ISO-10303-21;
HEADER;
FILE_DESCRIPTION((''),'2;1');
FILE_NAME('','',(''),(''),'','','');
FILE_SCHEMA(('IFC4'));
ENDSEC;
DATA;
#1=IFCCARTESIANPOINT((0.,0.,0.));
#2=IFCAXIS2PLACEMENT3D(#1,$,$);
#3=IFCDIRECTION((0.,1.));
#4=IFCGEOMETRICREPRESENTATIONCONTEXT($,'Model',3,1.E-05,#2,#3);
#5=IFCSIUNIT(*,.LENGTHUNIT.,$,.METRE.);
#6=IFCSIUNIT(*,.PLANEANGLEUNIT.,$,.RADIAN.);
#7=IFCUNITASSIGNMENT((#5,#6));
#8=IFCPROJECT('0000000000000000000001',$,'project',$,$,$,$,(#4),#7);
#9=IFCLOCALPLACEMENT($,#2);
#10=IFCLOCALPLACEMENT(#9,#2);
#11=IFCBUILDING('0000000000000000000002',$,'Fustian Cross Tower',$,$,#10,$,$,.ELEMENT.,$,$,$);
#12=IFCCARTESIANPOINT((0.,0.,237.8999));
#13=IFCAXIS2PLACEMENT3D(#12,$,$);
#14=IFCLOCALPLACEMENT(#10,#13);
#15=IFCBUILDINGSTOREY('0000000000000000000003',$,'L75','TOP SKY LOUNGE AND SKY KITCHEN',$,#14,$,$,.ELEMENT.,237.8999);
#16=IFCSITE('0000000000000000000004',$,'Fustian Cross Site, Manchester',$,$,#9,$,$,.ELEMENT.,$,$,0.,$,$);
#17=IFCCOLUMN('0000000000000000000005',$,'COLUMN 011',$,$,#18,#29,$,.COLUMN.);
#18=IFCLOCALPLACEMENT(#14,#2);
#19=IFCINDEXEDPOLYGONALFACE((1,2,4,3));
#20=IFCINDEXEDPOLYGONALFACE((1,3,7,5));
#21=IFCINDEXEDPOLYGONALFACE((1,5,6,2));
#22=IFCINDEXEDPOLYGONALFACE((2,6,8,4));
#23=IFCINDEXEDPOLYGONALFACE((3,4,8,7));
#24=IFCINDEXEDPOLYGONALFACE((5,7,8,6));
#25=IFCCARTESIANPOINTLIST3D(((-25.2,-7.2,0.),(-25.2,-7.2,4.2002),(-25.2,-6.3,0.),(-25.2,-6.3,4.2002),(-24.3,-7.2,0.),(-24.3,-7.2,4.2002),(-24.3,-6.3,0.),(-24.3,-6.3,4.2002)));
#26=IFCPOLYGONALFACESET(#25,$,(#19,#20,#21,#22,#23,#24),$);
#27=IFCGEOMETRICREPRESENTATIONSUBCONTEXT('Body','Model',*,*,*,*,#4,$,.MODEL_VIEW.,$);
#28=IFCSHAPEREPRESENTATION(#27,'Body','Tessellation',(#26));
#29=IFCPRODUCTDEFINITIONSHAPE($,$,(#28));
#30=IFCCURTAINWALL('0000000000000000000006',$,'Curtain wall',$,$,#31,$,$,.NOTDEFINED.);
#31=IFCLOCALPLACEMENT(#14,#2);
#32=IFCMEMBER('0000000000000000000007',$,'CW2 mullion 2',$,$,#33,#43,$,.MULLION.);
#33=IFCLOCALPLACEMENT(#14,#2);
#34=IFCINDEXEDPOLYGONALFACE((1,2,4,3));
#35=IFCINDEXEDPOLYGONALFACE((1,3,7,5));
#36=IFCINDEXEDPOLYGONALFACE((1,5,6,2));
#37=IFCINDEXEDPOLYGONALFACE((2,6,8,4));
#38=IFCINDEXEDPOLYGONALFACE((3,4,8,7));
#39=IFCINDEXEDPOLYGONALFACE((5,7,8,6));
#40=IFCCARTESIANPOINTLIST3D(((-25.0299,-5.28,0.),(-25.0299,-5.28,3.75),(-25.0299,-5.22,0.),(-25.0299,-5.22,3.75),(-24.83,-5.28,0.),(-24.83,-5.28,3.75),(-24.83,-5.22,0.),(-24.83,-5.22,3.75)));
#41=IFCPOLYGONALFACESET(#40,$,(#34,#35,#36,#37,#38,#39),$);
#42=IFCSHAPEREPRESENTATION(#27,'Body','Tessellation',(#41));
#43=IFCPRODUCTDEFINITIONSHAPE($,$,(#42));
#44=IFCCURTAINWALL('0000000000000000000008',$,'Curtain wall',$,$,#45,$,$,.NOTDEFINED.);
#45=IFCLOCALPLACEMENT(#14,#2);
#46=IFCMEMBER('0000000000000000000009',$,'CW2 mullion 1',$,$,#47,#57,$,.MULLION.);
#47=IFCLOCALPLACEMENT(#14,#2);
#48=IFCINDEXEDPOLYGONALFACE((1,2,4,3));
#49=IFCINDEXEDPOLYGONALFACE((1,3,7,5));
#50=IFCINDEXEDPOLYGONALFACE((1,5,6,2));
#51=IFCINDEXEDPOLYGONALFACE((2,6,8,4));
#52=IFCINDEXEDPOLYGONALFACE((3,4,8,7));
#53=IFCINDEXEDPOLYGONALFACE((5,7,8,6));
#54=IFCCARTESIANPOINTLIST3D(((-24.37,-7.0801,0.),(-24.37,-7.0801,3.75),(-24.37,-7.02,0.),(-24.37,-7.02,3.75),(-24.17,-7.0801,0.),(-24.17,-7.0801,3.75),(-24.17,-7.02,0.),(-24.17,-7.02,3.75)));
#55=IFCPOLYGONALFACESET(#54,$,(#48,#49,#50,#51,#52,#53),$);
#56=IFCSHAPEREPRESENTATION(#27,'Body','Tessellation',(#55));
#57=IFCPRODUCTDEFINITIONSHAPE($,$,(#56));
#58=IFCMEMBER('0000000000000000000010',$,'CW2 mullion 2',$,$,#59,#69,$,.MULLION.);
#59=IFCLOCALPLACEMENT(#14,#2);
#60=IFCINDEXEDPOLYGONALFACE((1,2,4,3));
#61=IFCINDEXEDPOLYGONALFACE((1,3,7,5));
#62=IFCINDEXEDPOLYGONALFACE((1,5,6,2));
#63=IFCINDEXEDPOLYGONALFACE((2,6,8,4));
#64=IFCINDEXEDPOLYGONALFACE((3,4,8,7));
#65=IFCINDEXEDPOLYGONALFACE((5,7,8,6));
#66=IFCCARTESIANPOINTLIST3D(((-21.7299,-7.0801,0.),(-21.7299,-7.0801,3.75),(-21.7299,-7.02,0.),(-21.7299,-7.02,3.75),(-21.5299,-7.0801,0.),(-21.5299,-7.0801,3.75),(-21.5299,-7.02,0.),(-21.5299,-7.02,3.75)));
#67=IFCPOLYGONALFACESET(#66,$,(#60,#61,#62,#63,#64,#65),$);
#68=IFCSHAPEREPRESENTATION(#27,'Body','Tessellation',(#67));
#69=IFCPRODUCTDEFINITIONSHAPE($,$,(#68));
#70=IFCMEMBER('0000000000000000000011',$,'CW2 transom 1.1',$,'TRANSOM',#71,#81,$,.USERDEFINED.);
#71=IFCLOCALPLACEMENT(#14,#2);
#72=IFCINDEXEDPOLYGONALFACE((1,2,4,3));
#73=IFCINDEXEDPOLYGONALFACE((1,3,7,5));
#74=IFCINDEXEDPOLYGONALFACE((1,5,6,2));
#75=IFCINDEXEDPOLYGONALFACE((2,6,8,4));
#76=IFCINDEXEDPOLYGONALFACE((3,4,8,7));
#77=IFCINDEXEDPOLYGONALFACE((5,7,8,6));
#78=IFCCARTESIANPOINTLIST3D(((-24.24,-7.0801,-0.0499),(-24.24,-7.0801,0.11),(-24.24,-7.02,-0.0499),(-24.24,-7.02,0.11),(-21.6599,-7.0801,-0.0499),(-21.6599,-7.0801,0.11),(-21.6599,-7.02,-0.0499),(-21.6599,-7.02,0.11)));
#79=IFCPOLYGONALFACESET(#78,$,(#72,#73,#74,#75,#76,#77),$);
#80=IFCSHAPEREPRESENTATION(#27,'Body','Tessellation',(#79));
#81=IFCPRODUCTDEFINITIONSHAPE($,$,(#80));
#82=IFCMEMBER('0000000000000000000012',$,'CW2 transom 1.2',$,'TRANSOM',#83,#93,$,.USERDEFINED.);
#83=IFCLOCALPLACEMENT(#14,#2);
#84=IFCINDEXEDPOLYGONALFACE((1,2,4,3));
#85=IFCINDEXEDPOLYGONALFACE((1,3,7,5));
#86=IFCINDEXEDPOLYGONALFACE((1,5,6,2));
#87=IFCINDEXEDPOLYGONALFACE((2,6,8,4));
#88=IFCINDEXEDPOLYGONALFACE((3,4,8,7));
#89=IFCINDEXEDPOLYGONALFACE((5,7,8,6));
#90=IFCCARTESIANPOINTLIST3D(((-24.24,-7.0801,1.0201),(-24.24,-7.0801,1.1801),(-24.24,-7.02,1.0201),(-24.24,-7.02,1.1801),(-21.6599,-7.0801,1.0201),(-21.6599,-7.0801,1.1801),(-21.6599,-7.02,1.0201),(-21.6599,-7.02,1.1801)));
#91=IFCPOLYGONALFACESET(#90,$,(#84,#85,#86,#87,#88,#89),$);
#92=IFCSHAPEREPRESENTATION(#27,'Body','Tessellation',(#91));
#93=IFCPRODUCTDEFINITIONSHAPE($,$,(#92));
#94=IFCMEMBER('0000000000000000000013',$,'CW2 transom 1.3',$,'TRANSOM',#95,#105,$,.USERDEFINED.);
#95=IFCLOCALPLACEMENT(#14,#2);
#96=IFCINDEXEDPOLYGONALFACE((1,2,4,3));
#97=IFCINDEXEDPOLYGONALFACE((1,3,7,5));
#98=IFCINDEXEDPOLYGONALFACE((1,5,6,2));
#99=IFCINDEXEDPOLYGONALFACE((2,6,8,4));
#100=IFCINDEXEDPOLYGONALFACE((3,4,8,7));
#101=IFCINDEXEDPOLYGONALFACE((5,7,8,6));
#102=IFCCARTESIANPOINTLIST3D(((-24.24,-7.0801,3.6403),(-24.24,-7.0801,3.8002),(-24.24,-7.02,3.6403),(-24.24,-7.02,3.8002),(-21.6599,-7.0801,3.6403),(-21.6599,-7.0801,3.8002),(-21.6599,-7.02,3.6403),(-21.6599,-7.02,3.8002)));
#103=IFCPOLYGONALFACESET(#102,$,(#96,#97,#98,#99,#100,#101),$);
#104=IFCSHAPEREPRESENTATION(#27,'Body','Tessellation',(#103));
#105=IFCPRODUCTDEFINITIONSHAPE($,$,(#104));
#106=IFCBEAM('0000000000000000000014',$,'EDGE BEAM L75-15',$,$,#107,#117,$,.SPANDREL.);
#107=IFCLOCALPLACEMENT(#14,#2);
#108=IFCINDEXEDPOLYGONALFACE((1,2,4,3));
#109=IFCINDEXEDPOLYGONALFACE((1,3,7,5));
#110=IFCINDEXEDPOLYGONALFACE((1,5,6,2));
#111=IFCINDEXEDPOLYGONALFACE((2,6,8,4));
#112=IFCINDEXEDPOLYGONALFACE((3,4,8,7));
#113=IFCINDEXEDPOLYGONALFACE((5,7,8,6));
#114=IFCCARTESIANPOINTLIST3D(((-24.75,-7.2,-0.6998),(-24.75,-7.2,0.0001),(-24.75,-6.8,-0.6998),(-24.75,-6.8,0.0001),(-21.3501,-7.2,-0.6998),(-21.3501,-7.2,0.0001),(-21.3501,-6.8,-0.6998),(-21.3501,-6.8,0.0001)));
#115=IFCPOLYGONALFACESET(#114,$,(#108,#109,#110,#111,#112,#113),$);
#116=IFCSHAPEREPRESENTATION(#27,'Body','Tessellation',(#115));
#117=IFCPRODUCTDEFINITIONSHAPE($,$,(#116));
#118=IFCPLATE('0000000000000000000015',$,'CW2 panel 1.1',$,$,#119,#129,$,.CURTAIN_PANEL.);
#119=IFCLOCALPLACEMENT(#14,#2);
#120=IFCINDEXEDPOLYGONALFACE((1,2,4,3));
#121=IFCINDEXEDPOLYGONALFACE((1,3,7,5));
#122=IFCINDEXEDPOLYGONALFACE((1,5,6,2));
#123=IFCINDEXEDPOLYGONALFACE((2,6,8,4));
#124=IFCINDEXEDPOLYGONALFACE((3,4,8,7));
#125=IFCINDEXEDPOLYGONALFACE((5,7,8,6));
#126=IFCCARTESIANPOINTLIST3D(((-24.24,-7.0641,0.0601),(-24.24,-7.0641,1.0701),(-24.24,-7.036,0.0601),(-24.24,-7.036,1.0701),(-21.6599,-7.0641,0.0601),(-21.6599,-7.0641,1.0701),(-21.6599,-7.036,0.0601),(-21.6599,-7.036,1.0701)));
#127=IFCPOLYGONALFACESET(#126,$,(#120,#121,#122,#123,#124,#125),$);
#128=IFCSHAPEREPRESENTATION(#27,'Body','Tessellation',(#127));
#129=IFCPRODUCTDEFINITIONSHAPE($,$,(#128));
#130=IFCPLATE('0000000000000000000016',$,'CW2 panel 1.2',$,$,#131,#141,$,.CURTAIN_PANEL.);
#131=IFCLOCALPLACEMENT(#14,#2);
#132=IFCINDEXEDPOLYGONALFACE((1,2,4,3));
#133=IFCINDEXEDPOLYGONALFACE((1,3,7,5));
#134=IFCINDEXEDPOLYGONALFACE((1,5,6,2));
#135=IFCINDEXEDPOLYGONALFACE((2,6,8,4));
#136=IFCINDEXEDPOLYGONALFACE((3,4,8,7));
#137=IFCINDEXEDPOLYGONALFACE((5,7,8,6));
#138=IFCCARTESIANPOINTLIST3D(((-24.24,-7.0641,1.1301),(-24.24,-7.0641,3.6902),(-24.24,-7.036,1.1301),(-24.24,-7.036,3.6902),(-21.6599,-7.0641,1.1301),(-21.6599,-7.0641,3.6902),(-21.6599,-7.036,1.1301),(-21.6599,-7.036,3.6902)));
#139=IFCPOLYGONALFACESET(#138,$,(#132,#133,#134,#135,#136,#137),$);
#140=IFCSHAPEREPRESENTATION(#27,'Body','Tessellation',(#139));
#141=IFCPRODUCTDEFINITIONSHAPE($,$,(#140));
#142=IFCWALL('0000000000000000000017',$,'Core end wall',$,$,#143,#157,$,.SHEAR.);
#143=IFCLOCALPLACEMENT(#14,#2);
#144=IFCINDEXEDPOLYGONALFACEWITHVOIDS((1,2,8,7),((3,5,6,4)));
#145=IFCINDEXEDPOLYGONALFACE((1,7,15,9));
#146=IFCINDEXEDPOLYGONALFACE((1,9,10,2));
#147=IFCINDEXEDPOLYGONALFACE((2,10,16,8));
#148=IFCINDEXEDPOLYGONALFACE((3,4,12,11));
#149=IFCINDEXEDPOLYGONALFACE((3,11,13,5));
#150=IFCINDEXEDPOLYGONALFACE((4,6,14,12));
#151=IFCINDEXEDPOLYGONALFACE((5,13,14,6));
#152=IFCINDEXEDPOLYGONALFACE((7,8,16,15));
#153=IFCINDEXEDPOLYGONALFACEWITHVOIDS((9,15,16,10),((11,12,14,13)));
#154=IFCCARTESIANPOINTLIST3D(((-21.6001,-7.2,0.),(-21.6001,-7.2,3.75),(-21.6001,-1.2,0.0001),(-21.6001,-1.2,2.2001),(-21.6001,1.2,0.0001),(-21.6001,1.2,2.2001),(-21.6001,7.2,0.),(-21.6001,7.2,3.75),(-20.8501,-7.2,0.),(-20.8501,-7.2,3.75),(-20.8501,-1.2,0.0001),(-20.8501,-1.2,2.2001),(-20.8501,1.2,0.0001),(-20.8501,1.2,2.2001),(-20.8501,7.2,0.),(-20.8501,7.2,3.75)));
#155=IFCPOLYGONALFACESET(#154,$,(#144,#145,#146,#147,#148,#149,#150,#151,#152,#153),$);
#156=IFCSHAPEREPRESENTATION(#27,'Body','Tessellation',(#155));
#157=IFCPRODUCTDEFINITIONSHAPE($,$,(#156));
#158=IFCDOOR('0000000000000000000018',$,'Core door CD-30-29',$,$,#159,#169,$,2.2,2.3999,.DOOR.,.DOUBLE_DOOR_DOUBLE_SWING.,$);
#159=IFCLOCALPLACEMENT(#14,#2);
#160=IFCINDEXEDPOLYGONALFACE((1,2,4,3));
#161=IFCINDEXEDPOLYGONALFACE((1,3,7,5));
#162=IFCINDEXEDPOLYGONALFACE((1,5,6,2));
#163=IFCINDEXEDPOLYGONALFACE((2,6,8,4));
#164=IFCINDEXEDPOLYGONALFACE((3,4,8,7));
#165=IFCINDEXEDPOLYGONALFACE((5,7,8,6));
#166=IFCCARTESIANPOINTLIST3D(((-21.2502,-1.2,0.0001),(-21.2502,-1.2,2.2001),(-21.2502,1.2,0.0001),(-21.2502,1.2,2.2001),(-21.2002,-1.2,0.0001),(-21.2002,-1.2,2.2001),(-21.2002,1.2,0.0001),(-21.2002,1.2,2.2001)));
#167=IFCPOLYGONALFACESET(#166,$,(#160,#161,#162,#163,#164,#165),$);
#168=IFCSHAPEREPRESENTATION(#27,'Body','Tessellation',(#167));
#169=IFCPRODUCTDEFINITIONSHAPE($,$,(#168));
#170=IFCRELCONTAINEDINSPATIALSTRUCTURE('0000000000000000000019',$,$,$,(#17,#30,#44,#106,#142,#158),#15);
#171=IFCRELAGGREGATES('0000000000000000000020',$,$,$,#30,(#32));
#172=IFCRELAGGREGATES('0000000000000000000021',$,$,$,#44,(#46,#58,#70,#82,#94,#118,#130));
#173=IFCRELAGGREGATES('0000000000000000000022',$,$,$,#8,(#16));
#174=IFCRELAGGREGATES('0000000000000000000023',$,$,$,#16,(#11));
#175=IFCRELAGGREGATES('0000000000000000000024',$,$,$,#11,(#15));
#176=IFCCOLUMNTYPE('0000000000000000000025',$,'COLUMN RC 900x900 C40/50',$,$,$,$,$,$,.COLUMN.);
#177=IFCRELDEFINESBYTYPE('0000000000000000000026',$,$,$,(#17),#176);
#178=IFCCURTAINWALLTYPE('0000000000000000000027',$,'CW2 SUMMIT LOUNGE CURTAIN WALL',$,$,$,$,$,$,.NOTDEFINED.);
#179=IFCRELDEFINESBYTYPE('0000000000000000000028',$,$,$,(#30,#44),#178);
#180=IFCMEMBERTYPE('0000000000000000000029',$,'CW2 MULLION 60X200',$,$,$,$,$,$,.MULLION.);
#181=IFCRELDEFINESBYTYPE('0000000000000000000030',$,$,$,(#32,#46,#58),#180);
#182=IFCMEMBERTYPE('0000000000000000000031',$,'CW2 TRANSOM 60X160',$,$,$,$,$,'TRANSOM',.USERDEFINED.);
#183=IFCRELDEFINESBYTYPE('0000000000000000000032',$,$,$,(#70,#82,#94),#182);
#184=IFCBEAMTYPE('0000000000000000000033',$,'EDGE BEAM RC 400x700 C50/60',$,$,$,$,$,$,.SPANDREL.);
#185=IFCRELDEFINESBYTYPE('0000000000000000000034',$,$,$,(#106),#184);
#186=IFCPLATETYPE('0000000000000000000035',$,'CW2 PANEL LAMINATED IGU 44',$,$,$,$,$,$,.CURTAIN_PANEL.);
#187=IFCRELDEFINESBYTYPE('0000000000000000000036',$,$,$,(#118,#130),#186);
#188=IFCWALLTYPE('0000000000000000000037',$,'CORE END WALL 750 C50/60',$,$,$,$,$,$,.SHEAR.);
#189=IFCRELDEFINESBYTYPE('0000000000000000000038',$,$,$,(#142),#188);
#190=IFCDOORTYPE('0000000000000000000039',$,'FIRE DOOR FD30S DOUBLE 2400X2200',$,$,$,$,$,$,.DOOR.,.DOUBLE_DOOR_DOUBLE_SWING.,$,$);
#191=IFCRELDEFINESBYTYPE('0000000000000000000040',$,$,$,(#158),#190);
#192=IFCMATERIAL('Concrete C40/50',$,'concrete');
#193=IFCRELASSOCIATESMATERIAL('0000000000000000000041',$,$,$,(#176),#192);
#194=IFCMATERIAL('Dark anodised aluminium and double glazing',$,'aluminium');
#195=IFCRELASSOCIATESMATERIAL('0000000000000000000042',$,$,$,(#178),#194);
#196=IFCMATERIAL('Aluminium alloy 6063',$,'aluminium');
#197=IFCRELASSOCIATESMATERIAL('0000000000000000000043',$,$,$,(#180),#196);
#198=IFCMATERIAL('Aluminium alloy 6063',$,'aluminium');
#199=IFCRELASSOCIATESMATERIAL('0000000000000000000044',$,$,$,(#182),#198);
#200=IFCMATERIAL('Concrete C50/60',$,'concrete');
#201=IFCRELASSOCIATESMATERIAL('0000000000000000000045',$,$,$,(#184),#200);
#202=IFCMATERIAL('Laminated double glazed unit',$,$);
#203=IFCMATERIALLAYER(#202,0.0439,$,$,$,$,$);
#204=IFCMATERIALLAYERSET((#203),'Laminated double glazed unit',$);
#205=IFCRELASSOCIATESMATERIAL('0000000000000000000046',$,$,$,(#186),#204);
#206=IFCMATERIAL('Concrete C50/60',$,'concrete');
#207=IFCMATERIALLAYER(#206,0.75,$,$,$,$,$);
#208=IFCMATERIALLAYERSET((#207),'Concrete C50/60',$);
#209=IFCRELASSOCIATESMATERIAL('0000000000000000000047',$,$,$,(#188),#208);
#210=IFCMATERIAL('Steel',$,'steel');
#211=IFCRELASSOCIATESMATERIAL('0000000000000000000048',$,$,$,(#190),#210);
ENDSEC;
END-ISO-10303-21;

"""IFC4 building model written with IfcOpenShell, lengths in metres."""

from ifc_helpers import new_model, si_unit, direction, frame, frame_2d, origin, origin_2d, place, context, subcontext, project, spatial, rectangle, extrude, material, layer, layer_set, material_profile, profile_set, type_object, element, fill, aggregate, save


model = new_model("IFC4")

# Units and contexts
model_context = context("Model", 3, precision=1e-05, world=origin(), true_north=direction((0.0, 1.0)))
body_context = subcontext(model_context, "Body", "Model", "MODEL_VIEW")
ifc_project = project(units=[si_unit("LENGTHUNIT", "METRE"), si_unit("PLANEANGLEUNIT", "RADIAN")], contexts=[model_context])

# Site, building, storey
site_placement = place(None, origin())
site = spatial("IfcSite", under=ifc_project, at=site_placement, Name="Fustian Cross Site, Manchester", CompositionType="ELEMENT", RefElevation=0.0)
building_placement = place(site_placement, origin())
building = spatial("IfcBuilding", under=site, at=building_placement, Name="Fustian Cross Tower", CompositionType="ELEMENT")
storey_placement = place(building_placement, frame((0.0, 0.0, 237.8999)))
storey = spatial("IfcBuildingStorey", under=building, at=storey_placement, Name="L75", Description="TOP SKY LOUNGE AND SKY KITCHEN", CompositionType="ELEMENT", Elevation=237.8999)

# Column
ifc_material_1 = material(Name="Concrete C40/50", Category="concrete")
ifc_material_profile_1 = material_profile(ifc_material_1, rectangle(XDim=0.8999, YDim=0.8999, at=origin_2d()), Name="RC 900x900")
ifc_profile_set_1 = profile_set([ifc_material_profile_1], Name="Concrete C40/50")
column_type = type_object("IfcColumnType", Name="COLUMN RC 900x900 C40/50", PredefinedType="COLUMN", material=ifc_profile_set_1)
column_placement = place(storey_placement, frame((-24.75, -6.75, 0.0), z_axis=(0.0, 0.0, 1.0), x_axis=(1.0, 0.0, 0.0)))
element("IfcColumn", 1, at=column_placement, inside=storey, type_object=column_type, Name="COLUMN 011", PredefinedType="COLUMN", context=body_context, shape_type="SweptSolid", body=[
    extrude(rectangle(XDim=0.8999, YDim=0.8999, at=origin_2d()), origin(), (0.0, 0.0, 1.0), 4.2002),
])

# Curtain wall, member
ifc_material_2 = material(Name="Dark anodised aluminium and double glazing", Category="aluminium")
curtain_wall_type = type_object("IfcCurtainWallType", Name="CW2 SUMMIT LOUNGE CURTAIN WALL", PredefinedType="NOTDEFINED", material=ifc_material_2)
curtain_wall_1_placement = place(storey_placement, origin())
curtain_wall_1 = element("IfcCurtainWall", 2, at=curtain_wall_1_placement, inside=storey, type_object=curtain_wall_type, Name="Curtain wall", PredefinedType="NOTDEFINED")
ifc_material_3 = material(Name="Aluminium alloy 6063", Category="aluminium")
ifc_material_profile_2 = material_profile(ifc_material_3, rectangle(XDim=0.0601, YDim=0.2, at=origin_2d()), Name="CW2 MULLION 60X200")
ifc_profile_set_2 = profile_set([ifc_material_profile_2], Name="Aluminium alloy 6063")
member_type_1 = type_object("IfcMemberType", Name="CW2 MULLION 60X200", PredefinedType="MULLION", material=ifc_profile_set_2)
member_1_placement = place(storey_placement, frame((-24.9299, -5.25, 0.0), z_axis=(0.0, 0.0, 1.0), x_axis=(0.0, 1.0, 0.0)))
member_1 = element("IfcMember", 3, at=member_1_placement, type_object=member_type_1, Name="CW2 mullion 2", PredefinedType="MULLION", context=body_context, shape_type="SweptSolid", body=[
    extrude(rectangle(XDim=0.0601, YDim=0.2, at=origin_2d()), origin(), (0.0, 0.0, 1.0), 3.75),
])
aggregate(curtain_wall_1, [member_1])

# Curtain wall, members
curtain_wall_2_placement = place(storey_placement, origin())
curtain_wall_2 = element("IfcCurtainWall", 4, at=curtain_wall_2_placement, inside=storey, type_object=curtain_wall_type, Name="Curtain wall", PredefinedType="NOTDEFINED")
member_2_placement = place(storey_placement, frame((-24.27, -7.05, 0.0), z_axis=(0.0, 0.0, 1.0), x_axis=(0.0, 1.0, 0.0)))
member_2 = element("IfcMember", 5, at=member_2_placement, type_object=member_type_1, Name="CW2 mullion 1", PredefinedType="MULLION", context=body_context, shape_type="SweptSolid", body=[
    extrude(rectangle(XDim=0.0601, YDim=0.2, at=origin_2d()), origin(), (0.0, 0.0, 1.0), 3.75),
])
member_3_placement = place(storey_placement, frame((-21.6299, -7.05, 0.0), z_axis=(0.0, 0.0, 1.0), x_axis=(0.0, 1.0, 0.0)))
member_3 = element("IfcMember", 6, at=member_3_placement, type_object=member_type_1, Name="CW2 mullion 2", PredefinedType="MULLION", context=body_context, shape_type="SweptSolid", body=[
    extrude(rectangle(XDim=0.0601, YDim=0.2, at=origin_2d()), origin(), (0.0, 0.0, 1.0), 3.75),
])
ifc_material_4 = material(Name="Aluminium alloy 6063", Category="aluminium")
ifc_material_profile_3 = material_profile(ifc_material_4, rectangle(XDim=0.0601, YDim=0.1599, at=origin_2d()), Name="CW2 TRANSOM 60X160")
ifc_profile_set_3 = profile_set([ifc_material_profile_3], Name="Aluminium alloy 6063")
member_type_2 = type_object("IfcMemberType", Name="CW2 TRANSOM 60X160", ElementType="TRANSOM", PredefinedType="USERDEFINED", material=ifc_profile_set_3)
member_4_placement = place(storey_placement, frame((-24.24, -7.05, 0.03), z_axis=(1.0, 0.0, 0.0), x_axis=(0.0, 1.0, 0.0)))
member_4 = element("IfcMember", 7, at=member_4_placement, type_object=member_type_2, Name="CW2 transom 1.1", ObjectType="TRANSOM", PredefinedType="USERDEFINED", context=body_context, shape_type="SweptSolid", body=[
    extrude(rectangle(XDim=0.0601, YDim=0.1599, at=origin_2d()), origin(), (0.0, 0.0, 1.0), 2.5801),
])
member_5_placement = place(storey_placement, frame((-24.24, -7.05, 1.1001), z_axis=(1.0, 0.0, 0.0), x_axis=(0.0, 1.0, 0.0)))
member_5 = element("IfcMember", 8, at=member_5_placement, type_object=member_type_2, Name="CW2 transom 1.2", ObjectType="TRANSOM", PredefinedType="USERDEFINED", context=body_context, shape_type="SweptSolid", body=[
    extrude(rectangle(XDim=0.0601, YDim=0.1599, at=origin_2d()), origin(), (0.0, 0.0, 1.0), 2.5801),
])
member_6_placement = place(storey_placement, frame((-24.24, -7.05, 3.7202), z_axis=(1.0, 0.0, 0.0), x_axis=(0.0, 1.0, 0.0)))
member_6 = element("IfcMember", 9, at=member_6_placement, type_object=member_type_2, Name="CW2 transom 1.3", ObjectType="TRANSOM", PredefinedType="USERDEFINED", context=body_context, shape_type="SweptSolid", body=[
    extrude(rectangle(XDim=0.0601, YDim=0.1599, at=origin_2d()), origin(), (0.0, 0.0, 1.0), 2.5801),
])

# Beam
ifc_material_5 = material(Name="Concrete C50/60", Category="concrete")
ifc_material_profile_4 = material_profile(ifc_material_5, rectangle(XDim=0.3999, YDim=0.7, at=origin_2d()), Name="RC 400x700")
ifc_profile_set_4 = profile_set([ifc_material_profile_4], Name="Concrete C50/60")
beam_type = type_object("IfcBeamType", Name="EDGE BEAM RC 400x700 C50/60", PredefinedType="SPANDREL", material=ifc_profile_set_4)
beam_placement = place(storey_placement, frame((-24.75, -7.0, -0.3499), z_axis=(1.0, 0.0, 0.0), x_axis=(0.0, 1.0, 0.0)))
element("IfcBeam", 10, at=beam_placement, inside=storey, type_object=beam_type, Name="EDGE BEAM L75-15", PredefinedType="SPANDREL", context=body_context, shape_type="SweptSolid", body=[
    extrude(rectangle(XDim=0.3999, YDim=0.7, at=origin_2d()), origin(), (0.0, 0.0, 1.0), 3.3999),
])

# Plates
ifc_material_6 = material(Name="Laminated double glazed unit")
ifc_layer_1 = layer(ifc_material_6, 0.0439)
ifc_layer_set_1 = layer_set([ifc_layer_1], Name="Laminated double glazed unit")
plate_type = type_object("IfcPlateType", Name="CW2 PANEL LAMINATED IGU 44", PredefinedType="CURTAIN_PANEL", material=ifc_layer_set_1)
plate_1_placement = place(storey_placement, frame((-22.95, -7.05, 0.0601), z_axis=(0.0, 0.0, 1.0), x_axis=(1.0, 0.0, 0.0)))
plate_1 = element("IfcPlate", 11, at=plate_1_placement, type_object=plate_type, Name="CW2 panel 1.1", PredefinedType="CURTAIN_PANEL", context=body_context, shape_type="SweptSolid", body=[
    extrude(rectangle(XDim=2.5801, YDim=0.0281, at=origin_2d()), origin(), (0.0, 0.0, 1.0), 1.01),
])
plate_2_placement = place(storey_placement, frame((-22.95, -7.05, 1.1301), z_axis=(0.0, 0.0, 1.0), x_axis=(1.0, 0.0, 0.0)))
plate_2 = element("IfcPlate", 12, at=plate_2_placement, type_object=plate_type, Name="CW2 panel 1.2", PredefinedType="CURTAIN_PANEL", context=body_context, shape_type="SweptSolid", body=[
    extrude(rectangle(XDim=2.5801, YDim=0.0281, at=origin_2d()), origin(), (0.0, 0.0, 1.0), 2.5601),
])
aggregate(curtain_wall_2, [member_2, member_3, member_4, member_5, member_6, plate_1, plate_2])

# Wall, opening, door
ifc_material_7 = material(Name="Concrete C50/60", Category="concrete")
ifc_layer_2 = layer(ifc_material_7, 0.75)
ifc_layer_set_2 = layer_set([ifc_layer_2], Name="Concrete C50/60")
wall_type = type_object("IfcWallType", Name="CORE END WALL 750 C50/60", PredefinedType="SHEAR", material=ifc_layer_set_2)
wall_placement = place(storey_placement, frame((-21.2251, -7.2, 0.0), z_axis=(0.0, 0.0, 1.0), x_axis=(0.0, 1.0, 0.0)))
wall = element("IfcWall", 13, at=wall_placement, inside=storey, type_object=wall_type, Name="Core end wall", PredefinedType="SHEAR", context=body_context, shape_type="SweptSolid", body=[
    extrude(rectangle(XDim=14.3999, YDim=0.75, at=frame_2d((7.2, 0.0))), origin(), (0.0, 0.0, 1.0), 3.75),
])
opening_placement = place(wall_placement, frame((6.0, 0.0, 0.0)))
opening = element("IfcOpeningElement", 14, at=opening_placement, cuts=wall, PredefinedType="OPENING", context=body_context, shape_type="SweptSolid", body=[
    extrude(rectangle(XDim=2.3999, YDim=2.2, at=frame_2d((1.2, 1.1001))), frame((0.0, 0.385, 0.0), z_axis=(0.0, -1.0, 0.0), x_axis=(1.0, 0.0, 0.0)), (0.0, 0.0, 1.0), 0.77),
])
ifc_material_8 = material(Name="Steel", Category="steel")
door_type = type_object("IfcDoorType", Name="FIRE DOOR FD30S DOUBLE 2400X2200", OperationType="DOUBLE_DOOR_DOUBLE_SWING", PredefinedType="DOOR", material=ifc_material_8)
door_placement = place(opening_placement, frame((2.3999, 0.0, 0.0), z_axis=(0.0, 0.0, 1.0), x_axis=(-1.0, 0.0, 0.0)))
door = element("IfcDoor", 15, at=door_placement, inside=storey, type_object=door_type, Name="Core door CD-30-29", OperationType="DOUBLE_DOOR_DOUBLE_SWING", OverallHeight=2.2, OverallWidth=2.3999, PredefinedType="DOOR", context=body_context, shape_type="SweptSolid", body=[
    extrude(rectangle(XDim=2.3999, YDim=2.2, at=frame_2d((1.2, 1.1001))), frame((0.0, 0.0249, 0.0), z_axis=(0.0, -1.0, 0.0), x_axis=(1.0, 0.0, 0.0)), (0.0, 0.0, 1.0), 0.05),
])
fill(opening, door)

save(model, "model.ifc")
